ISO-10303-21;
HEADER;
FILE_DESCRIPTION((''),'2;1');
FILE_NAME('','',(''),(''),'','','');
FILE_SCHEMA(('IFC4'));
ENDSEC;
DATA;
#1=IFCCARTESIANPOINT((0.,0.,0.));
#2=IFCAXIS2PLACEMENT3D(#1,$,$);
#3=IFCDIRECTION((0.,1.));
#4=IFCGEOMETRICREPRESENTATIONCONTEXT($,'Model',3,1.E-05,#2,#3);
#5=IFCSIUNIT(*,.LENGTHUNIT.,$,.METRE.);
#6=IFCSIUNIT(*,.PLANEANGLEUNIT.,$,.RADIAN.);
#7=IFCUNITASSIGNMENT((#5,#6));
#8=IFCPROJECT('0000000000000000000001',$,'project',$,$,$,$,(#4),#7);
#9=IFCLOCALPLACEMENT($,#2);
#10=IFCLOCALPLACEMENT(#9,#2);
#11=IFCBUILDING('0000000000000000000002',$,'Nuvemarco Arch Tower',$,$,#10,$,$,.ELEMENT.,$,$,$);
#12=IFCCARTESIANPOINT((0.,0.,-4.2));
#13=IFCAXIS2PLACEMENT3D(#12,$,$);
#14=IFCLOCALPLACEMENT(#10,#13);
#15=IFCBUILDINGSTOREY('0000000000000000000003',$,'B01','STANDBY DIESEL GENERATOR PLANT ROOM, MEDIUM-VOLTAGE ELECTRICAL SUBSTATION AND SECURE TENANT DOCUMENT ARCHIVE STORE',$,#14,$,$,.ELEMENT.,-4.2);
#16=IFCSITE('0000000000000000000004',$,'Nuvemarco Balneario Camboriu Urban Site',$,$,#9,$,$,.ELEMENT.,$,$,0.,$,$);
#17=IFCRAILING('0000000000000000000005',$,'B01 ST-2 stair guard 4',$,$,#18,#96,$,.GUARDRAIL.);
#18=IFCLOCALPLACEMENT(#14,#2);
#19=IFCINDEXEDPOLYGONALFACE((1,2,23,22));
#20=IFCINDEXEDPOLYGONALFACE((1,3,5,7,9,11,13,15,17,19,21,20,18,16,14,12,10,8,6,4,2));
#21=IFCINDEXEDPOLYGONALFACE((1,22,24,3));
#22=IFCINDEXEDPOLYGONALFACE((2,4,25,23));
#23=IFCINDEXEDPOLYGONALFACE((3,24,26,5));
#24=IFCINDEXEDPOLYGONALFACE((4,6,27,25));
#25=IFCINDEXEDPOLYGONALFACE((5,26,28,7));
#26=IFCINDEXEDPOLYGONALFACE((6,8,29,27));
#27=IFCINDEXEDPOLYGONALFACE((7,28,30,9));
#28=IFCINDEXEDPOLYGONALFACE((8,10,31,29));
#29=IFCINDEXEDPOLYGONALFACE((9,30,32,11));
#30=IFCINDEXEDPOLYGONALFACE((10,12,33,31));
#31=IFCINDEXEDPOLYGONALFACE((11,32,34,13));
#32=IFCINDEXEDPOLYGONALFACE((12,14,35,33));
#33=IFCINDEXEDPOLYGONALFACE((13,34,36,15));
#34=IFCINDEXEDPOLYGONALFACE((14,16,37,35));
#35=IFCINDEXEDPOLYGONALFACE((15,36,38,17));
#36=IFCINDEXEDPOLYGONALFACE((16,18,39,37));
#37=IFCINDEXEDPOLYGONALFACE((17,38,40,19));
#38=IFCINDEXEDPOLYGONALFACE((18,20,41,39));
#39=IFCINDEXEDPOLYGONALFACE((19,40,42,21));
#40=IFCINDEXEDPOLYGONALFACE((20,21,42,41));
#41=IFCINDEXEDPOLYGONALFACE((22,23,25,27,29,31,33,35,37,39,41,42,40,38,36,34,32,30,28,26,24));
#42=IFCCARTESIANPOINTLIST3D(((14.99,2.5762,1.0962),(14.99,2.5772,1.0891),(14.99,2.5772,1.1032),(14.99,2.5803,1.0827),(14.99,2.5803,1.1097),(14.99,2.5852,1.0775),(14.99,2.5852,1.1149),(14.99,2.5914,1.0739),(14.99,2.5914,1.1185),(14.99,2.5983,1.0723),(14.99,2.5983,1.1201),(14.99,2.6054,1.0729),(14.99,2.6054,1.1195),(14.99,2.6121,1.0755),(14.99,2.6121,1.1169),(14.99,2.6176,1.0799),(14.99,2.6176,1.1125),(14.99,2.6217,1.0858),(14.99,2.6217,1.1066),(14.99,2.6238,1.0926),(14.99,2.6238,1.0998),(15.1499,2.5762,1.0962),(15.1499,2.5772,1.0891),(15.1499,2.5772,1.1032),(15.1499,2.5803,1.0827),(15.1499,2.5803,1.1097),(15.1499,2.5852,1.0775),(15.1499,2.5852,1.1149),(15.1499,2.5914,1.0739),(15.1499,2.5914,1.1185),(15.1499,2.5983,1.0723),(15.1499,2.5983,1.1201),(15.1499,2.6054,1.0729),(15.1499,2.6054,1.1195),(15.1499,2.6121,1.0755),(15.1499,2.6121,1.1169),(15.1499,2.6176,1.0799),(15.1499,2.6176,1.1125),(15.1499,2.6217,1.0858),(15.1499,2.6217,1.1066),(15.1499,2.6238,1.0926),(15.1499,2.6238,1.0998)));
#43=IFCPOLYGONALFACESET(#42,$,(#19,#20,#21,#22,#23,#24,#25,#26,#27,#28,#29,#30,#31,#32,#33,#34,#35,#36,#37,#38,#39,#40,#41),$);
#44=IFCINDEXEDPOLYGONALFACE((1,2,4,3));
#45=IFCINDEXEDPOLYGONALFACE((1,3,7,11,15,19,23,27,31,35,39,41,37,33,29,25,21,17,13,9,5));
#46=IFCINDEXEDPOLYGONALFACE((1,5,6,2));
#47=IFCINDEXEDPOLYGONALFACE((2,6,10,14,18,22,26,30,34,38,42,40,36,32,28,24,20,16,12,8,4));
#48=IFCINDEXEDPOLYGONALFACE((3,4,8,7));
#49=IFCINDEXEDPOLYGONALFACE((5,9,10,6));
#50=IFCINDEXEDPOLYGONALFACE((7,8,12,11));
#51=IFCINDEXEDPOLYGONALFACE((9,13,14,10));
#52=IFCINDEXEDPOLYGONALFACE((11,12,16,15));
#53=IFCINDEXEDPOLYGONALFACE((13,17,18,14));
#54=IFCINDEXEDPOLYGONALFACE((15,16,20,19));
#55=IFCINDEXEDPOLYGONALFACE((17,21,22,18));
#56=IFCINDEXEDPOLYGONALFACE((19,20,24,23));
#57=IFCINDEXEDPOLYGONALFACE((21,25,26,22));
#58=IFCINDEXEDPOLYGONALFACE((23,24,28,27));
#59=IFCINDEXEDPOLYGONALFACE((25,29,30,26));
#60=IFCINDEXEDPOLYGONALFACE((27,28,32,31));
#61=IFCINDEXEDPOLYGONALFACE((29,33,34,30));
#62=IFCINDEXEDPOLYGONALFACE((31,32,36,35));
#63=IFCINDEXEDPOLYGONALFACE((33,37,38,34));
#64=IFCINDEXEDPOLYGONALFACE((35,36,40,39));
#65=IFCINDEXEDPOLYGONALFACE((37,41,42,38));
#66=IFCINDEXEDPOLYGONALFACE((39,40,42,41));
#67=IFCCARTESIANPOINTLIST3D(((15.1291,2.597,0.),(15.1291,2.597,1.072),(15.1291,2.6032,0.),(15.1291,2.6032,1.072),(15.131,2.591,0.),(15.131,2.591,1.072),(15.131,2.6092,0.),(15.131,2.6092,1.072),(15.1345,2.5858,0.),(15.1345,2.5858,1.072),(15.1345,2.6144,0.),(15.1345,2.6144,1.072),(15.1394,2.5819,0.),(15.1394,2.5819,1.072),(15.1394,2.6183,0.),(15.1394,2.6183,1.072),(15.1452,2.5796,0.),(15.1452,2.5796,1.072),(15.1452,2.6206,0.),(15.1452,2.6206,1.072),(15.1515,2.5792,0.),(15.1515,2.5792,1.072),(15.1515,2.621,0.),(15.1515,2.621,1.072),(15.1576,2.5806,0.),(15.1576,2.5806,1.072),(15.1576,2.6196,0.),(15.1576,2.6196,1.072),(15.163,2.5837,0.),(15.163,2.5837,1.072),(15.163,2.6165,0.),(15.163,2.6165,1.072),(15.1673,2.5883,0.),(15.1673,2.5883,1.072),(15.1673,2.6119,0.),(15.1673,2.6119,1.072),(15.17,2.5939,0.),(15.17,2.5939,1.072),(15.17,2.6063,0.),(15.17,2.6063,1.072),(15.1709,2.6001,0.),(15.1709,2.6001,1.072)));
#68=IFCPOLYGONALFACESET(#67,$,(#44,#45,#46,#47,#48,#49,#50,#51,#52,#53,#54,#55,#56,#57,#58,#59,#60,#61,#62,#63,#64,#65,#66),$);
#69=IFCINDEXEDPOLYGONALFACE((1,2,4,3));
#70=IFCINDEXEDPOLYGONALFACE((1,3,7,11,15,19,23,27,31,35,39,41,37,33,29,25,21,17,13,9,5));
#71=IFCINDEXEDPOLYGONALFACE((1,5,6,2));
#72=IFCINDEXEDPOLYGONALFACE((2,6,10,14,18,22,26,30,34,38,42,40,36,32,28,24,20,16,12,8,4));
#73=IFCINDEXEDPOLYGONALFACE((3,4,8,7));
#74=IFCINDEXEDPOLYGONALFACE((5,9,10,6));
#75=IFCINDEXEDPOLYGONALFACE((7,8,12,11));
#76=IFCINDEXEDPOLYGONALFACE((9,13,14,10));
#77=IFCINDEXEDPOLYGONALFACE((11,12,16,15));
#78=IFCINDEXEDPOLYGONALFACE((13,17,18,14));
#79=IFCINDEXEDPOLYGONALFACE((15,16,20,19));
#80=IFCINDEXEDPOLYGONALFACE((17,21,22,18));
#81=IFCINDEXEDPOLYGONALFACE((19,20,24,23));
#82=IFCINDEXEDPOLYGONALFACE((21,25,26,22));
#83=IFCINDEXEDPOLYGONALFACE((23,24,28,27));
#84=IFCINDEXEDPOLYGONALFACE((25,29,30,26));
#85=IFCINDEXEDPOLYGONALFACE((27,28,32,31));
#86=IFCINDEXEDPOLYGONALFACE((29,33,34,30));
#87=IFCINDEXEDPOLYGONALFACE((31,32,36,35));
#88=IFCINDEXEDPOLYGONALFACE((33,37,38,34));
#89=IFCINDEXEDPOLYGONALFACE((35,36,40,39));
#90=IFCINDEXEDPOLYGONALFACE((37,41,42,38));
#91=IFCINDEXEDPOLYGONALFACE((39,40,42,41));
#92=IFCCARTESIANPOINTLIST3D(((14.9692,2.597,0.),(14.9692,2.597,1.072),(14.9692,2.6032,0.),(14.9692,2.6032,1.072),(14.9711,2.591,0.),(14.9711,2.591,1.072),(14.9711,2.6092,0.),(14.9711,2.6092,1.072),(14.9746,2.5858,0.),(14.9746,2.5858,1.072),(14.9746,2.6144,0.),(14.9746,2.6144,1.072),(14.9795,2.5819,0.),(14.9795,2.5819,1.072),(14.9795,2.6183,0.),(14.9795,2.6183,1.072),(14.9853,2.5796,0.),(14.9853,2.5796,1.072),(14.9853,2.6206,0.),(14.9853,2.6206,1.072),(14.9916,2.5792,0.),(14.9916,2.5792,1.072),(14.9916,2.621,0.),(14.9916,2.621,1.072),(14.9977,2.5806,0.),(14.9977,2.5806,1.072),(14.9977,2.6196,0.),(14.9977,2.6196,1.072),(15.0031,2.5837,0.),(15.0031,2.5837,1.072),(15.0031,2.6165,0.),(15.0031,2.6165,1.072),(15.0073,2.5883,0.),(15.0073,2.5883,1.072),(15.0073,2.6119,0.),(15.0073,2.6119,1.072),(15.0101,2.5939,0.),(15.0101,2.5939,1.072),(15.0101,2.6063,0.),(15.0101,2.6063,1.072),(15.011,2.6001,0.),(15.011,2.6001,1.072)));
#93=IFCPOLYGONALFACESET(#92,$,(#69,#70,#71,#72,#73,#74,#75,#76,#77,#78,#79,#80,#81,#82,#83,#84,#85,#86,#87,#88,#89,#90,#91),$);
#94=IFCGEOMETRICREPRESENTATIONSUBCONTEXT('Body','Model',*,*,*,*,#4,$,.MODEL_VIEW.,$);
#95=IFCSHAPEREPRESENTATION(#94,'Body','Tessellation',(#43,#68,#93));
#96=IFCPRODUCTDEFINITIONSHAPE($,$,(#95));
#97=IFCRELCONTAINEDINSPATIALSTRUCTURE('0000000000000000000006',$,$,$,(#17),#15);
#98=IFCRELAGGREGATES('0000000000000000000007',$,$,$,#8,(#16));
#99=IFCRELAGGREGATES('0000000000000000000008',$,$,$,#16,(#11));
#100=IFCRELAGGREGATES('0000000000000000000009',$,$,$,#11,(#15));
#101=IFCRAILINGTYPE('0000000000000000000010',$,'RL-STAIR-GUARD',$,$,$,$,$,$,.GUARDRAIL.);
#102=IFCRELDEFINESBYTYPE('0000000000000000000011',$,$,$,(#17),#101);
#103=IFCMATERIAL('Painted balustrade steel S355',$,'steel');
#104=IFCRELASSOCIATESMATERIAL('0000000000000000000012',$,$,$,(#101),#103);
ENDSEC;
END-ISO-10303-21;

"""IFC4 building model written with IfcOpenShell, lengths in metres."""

from ifc_helpers import new_model, si_unit, direction, frame, origin, origin_2d, place, context, subcontext, project, spatial, circle, extrude, material, type_object, element, save


model = new_model("IFC4")

# Units and contexts
model_context = context("Model", 3, precision=1e-05, world=origin(), true_north=direction((0.0, 1.0)))
body_context = subcontext(model_context, "Body", "Model", "MODEL_VIEW")
ifc_project = project(units=[si_unit("LENGTHUNIT", "METRE"), si_unit("PLANEANGLEUNIT", "RADIAN")], contexts=[model_context])

# Site, building, storey
site_placement = place(None, origin())
site = spatial("IfcSite", under=ifc_project, at=site_placement, Name="Nuvemarco Balneario Camboriu Urban Site", CompositionType="ELEMENT", RefElevation=0.0)
building_placement = place(site_placement, origin())
building = spatial("IfcBuilding", under=site, at=building_placement, Name="Nuvemarco Arch Tower", CompositionType="ELEMENT")
storey_placement = place(building_placement, frame((0.0, 0.0, -4.2)))
storey = spatial("IfcBuildingStorey", under=building, at=storey_placement, Name="B01", Description="STANDBY DIESEL GENERATOR PLANT ROOM, MEDIUM-VOLTAGE ELECTRICAL SUBSTATION AND SECURE TENANT DOCUMENT ARCHIVE STORE", CompositionType="ELEMENT", Elevation=-4.2)

# Railing
ifc_material_1 = material(Name="Painted balustrade steel S355", Category="steel")
railing_type_1 = type_object("IfcRailingType", Name="RL-STAIR-GUARD", PredefinedType="GUARDRAIL", material=ifc_material_1)
railing_1_placement = place(storey_placement, frame((15.1499, 2.6001, 0.0)))
element("IfcRailing", 1, at=railing_1_placement, inside=storey, type_object=railing_type_1, Name="B01 ST-2 stair guard 4", PredefinedType="GUARDRAIL", context=body_context, shape_type="SweptSolid", body=[
    extrude(circle(Radius=0.0239, at=origin_2d()), frame((0.0, 0.0, 1.0962), z_axis=(-1.0, 0.0, 0.0), x_axis=(0.0, -1.0, 0.0)), (0.0, 0.0, 1.0), 0.1599),
    extrude(circle(Radius=0.021, at=origin_2d()), origin(), (0.0, 0.0, 1.0), 1.072),
    extrude(circle(Radius=0.021, at=origin_2d()), frame((-0.1599, 0.0, 0.0)), (0.0, 0.0, 1.0), 1.072),
])

save(model, "model.ifc")
